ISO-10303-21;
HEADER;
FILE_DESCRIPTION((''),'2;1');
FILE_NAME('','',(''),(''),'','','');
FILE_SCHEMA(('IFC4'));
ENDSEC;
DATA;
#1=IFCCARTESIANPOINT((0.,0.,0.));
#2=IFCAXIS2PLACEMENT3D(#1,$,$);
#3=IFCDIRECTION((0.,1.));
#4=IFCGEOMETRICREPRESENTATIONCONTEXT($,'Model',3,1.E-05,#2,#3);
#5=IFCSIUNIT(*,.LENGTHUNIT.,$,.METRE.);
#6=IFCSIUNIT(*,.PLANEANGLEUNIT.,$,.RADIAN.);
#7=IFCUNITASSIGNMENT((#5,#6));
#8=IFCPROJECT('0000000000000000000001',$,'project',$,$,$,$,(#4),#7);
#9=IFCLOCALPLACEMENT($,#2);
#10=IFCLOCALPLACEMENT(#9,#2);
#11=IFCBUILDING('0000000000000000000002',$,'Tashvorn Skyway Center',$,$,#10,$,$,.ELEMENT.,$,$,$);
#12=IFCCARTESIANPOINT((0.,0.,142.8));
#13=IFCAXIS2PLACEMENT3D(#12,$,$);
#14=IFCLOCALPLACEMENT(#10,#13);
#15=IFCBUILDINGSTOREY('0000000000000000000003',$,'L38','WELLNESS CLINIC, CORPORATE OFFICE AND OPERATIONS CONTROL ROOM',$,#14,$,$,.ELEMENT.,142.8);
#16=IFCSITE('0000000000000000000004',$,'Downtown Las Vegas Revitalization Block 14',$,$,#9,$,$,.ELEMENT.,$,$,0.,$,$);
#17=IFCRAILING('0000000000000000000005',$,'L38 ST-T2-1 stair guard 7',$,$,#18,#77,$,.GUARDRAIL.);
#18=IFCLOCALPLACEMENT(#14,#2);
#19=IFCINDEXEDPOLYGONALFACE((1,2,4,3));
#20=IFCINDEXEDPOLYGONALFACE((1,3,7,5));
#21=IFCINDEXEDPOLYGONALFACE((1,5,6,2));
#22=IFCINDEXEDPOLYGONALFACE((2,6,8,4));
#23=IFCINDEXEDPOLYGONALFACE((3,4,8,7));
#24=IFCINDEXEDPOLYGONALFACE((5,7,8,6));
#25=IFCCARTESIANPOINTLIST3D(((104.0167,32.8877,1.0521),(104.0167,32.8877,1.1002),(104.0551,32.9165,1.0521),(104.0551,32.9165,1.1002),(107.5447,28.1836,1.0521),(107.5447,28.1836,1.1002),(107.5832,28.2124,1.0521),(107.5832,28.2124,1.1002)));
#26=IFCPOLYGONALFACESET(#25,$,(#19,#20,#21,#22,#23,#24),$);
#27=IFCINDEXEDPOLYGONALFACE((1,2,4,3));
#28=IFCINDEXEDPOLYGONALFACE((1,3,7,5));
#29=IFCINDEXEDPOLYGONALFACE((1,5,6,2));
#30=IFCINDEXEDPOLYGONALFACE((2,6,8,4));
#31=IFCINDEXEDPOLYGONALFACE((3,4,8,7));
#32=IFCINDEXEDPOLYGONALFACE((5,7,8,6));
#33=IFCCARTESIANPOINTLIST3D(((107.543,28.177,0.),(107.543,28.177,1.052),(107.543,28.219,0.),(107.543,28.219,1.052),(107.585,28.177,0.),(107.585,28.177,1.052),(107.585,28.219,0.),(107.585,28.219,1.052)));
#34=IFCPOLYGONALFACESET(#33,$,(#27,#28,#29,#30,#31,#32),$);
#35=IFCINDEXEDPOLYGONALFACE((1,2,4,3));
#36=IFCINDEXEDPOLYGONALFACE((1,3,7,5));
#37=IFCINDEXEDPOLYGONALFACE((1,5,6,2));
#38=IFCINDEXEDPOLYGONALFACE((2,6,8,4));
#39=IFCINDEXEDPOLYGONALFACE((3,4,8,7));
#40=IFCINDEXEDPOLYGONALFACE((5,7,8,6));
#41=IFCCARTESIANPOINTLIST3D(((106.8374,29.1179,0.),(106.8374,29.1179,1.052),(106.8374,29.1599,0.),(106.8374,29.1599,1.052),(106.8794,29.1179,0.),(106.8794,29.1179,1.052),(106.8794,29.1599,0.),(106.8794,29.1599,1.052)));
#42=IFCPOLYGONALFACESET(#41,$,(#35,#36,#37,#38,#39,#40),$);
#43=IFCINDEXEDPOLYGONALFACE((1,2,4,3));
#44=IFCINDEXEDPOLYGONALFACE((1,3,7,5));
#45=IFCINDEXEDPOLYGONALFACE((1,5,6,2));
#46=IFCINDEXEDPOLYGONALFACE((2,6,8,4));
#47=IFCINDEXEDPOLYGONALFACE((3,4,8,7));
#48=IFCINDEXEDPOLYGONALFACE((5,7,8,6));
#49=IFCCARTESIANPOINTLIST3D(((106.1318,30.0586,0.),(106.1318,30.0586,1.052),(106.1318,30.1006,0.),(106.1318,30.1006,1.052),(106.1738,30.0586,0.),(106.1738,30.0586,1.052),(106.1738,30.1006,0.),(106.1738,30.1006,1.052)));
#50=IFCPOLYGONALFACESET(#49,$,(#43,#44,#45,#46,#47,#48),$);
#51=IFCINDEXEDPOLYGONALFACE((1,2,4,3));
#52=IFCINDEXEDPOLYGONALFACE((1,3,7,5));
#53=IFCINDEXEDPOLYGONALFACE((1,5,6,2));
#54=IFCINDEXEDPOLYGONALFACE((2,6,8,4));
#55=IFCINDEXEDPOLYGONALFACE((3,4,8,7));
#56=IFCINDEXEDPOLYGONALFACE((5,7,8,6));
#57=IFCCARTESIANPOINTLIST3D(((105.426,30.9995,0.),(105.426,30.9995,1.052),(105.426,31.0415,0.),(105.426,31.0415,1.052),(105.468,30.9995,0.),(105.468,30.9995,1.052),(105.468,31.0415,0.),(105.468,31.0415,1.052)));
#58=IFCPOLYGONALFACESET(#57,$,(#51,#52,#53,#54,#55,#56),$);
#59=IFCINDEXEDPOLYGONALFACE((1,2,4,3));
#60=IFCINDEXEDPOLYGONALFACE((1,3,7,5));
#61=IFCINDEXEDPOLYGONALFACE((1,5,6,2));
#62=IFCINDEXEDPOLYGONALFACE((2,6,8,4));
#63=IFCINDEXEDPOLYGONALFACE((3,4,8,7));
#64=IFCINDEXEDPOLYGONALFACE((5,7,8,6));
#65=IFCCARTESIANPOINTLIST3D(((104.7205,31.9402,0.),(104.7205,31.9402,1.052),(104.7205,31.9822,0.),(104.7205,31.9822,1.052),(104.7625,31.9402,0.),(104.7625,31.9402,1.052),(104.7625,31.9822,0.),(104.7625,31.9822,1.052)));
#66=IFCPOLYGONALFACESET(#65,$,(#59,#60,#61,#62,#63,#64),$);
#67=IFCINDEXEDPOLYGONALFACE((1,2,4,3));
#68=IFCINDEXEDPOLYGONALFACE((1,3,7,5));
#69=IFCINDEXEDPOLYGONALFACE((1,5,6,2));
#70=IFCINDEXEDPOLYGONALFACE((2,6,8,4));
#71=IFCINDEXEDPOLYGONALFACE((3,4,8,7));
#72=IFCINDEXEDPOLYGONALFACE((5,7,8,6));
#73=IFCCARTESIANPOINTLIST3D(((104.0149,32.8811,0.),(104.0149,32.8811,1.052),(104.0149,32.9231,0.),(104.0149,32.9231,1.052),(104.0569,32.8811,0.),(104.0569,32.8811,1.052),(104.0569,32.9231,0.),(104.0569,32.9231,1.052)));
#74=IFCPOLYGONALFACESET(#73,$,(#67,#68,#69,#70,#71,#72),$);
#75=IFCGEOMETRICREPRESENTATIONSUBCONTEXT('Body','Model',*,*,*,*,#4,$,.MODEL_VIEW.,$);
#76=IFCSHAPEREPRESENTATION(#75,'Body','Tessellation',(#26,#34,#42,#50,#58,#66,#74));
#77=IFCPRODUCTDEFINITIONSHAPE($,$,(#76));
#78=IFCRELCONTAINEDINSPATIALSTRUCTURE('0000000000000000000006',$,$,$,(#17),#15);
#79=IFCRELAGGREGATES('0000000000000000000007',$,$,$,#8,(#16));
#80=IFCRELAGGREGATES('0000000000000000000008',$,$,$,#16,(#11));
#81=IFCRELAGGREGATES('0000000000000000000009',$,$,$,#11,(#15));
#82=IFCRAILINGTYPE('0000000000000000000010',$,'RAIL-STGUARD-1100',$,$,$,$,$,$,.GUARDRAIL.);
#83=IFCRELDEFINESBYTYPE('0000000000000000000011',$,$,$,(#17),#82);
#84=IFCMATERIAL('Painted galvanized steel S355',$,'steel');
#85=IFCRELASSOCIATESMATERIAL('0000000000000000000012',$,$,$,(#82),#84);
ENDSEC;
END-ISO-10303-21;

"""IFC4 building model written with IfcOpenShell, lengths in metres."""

from ifc_helpers import new_model, si_unit, direction, frame, origin, origin_2d, place, context, subcontext, project, spatial, rectangle, extrude, material, type_object, element, save


model = new_model("IFC4")

# Units and contexts
model_context = context("Model", 3, precision=1e-05, world=origin(), true_north=direction((0.0, 1.0)))
body_context = subcontext(model_context, "Body", "Model", "MODEL_VIEW")
ifc_project = project(units=[si_unit("LENGTHUNIT", "METRE"), si_unit("PLANEANGLEUNIT", "RADIAN")], contexts=[model_context])

# Site, building, storey
site_placement = place(None, origin())
site = spatial("IfcSite", under=ifc_project, at=site_placement, Name="Downtown Las Vegas Revitalization Block 14", CompositionType="ELEMENT", RefElevation=0.0)
building_placement = place(site_placement, origin())
building = spatial("IfcBuilding", under=site, at=building_placement, Name="Tashvorn Skyway Center", CompositionType="ELEMENT")
storey_placement = place(building_placement, frame((0.0, 0.0, 142.8)))
storey = spatial("IfcBuildingStorey", under=building, at=storey_placement, Name="L38", Description="WELLNESS CLINIC, CORPORATE OFFICE AND OPERATIONS CONTROL ROOM", CompositionType="ELEMENT", Elevation=142.8)

# Railing
ifc_material_1 = material(Name="Painted galvanized steel S355", Category="steel")
railing_type = type_object("IfcRailingType", Name="RAIL-STGUARD-1100", PredefinedType="GUARDRAIL", material=ifc_material_1)
railing_1_placement = place(storey_placement, frame((107.564, 28.198, 0.0)))
element("IfcRailing", 1, at=railing_1_placement, inside=storey, type_object=railing_type, Name="L38 ST-T2-1 stair guard 7", PredefinedType="GUARDRAIL", context=body_context, shape_type="SweptSolid", body=[
    extrude(rectangle(XDim=0.0481, YDim=0.0481, at=origin_2d()), frame((0.0, 0.0, 1.0762), z_axis=(-0.6, 0.8, 0.0), x_axis=(-0.8, -0.6, 0.0)), (0.0, 0.0, 1.0), 5.8801),
    extrude(rectangle(XDim=0.042, YDim=0.042, at=origin_2d()), origin(), (0.0, 0.0, 1.0), 1.052),
    extrude(rectangle(XDim=0.042, YDim=0.042, at=origin_2d()), frame((-0.7056, 0.9409, 0.0)), (0.0, 0.0, 1.0), 1.052),
    extrude(rectangle(XDim=0.042, YDim=0.042, at=origin_2d()), frame((-1.4111, 1.8816, 0.0)), (0.0, 0.0, 1.0), 1.052),
    extrude(rectangle(XDim=0.042, YDim=0.042, at=origin_2d()), frame((-2.1169, 2.8225, 0.0)), (0.0, 0.0, 1.0), 1.052),
    extrude(rectangle(XDim=0.042, YDim=0.042, at=origin_2d()), frame((-2.8225, 3.7632, 0.0)), (0.0, 0.0, 1.0), 1.052),
    extrude(rectangle(XDim=0.042, YDim=0.042, at=origin_2d()), frame((-3.5281, 4.7041, 0.0)), (0.0, 0.0, 1.0), 1.052),
])

save(model, "model.ifc")
